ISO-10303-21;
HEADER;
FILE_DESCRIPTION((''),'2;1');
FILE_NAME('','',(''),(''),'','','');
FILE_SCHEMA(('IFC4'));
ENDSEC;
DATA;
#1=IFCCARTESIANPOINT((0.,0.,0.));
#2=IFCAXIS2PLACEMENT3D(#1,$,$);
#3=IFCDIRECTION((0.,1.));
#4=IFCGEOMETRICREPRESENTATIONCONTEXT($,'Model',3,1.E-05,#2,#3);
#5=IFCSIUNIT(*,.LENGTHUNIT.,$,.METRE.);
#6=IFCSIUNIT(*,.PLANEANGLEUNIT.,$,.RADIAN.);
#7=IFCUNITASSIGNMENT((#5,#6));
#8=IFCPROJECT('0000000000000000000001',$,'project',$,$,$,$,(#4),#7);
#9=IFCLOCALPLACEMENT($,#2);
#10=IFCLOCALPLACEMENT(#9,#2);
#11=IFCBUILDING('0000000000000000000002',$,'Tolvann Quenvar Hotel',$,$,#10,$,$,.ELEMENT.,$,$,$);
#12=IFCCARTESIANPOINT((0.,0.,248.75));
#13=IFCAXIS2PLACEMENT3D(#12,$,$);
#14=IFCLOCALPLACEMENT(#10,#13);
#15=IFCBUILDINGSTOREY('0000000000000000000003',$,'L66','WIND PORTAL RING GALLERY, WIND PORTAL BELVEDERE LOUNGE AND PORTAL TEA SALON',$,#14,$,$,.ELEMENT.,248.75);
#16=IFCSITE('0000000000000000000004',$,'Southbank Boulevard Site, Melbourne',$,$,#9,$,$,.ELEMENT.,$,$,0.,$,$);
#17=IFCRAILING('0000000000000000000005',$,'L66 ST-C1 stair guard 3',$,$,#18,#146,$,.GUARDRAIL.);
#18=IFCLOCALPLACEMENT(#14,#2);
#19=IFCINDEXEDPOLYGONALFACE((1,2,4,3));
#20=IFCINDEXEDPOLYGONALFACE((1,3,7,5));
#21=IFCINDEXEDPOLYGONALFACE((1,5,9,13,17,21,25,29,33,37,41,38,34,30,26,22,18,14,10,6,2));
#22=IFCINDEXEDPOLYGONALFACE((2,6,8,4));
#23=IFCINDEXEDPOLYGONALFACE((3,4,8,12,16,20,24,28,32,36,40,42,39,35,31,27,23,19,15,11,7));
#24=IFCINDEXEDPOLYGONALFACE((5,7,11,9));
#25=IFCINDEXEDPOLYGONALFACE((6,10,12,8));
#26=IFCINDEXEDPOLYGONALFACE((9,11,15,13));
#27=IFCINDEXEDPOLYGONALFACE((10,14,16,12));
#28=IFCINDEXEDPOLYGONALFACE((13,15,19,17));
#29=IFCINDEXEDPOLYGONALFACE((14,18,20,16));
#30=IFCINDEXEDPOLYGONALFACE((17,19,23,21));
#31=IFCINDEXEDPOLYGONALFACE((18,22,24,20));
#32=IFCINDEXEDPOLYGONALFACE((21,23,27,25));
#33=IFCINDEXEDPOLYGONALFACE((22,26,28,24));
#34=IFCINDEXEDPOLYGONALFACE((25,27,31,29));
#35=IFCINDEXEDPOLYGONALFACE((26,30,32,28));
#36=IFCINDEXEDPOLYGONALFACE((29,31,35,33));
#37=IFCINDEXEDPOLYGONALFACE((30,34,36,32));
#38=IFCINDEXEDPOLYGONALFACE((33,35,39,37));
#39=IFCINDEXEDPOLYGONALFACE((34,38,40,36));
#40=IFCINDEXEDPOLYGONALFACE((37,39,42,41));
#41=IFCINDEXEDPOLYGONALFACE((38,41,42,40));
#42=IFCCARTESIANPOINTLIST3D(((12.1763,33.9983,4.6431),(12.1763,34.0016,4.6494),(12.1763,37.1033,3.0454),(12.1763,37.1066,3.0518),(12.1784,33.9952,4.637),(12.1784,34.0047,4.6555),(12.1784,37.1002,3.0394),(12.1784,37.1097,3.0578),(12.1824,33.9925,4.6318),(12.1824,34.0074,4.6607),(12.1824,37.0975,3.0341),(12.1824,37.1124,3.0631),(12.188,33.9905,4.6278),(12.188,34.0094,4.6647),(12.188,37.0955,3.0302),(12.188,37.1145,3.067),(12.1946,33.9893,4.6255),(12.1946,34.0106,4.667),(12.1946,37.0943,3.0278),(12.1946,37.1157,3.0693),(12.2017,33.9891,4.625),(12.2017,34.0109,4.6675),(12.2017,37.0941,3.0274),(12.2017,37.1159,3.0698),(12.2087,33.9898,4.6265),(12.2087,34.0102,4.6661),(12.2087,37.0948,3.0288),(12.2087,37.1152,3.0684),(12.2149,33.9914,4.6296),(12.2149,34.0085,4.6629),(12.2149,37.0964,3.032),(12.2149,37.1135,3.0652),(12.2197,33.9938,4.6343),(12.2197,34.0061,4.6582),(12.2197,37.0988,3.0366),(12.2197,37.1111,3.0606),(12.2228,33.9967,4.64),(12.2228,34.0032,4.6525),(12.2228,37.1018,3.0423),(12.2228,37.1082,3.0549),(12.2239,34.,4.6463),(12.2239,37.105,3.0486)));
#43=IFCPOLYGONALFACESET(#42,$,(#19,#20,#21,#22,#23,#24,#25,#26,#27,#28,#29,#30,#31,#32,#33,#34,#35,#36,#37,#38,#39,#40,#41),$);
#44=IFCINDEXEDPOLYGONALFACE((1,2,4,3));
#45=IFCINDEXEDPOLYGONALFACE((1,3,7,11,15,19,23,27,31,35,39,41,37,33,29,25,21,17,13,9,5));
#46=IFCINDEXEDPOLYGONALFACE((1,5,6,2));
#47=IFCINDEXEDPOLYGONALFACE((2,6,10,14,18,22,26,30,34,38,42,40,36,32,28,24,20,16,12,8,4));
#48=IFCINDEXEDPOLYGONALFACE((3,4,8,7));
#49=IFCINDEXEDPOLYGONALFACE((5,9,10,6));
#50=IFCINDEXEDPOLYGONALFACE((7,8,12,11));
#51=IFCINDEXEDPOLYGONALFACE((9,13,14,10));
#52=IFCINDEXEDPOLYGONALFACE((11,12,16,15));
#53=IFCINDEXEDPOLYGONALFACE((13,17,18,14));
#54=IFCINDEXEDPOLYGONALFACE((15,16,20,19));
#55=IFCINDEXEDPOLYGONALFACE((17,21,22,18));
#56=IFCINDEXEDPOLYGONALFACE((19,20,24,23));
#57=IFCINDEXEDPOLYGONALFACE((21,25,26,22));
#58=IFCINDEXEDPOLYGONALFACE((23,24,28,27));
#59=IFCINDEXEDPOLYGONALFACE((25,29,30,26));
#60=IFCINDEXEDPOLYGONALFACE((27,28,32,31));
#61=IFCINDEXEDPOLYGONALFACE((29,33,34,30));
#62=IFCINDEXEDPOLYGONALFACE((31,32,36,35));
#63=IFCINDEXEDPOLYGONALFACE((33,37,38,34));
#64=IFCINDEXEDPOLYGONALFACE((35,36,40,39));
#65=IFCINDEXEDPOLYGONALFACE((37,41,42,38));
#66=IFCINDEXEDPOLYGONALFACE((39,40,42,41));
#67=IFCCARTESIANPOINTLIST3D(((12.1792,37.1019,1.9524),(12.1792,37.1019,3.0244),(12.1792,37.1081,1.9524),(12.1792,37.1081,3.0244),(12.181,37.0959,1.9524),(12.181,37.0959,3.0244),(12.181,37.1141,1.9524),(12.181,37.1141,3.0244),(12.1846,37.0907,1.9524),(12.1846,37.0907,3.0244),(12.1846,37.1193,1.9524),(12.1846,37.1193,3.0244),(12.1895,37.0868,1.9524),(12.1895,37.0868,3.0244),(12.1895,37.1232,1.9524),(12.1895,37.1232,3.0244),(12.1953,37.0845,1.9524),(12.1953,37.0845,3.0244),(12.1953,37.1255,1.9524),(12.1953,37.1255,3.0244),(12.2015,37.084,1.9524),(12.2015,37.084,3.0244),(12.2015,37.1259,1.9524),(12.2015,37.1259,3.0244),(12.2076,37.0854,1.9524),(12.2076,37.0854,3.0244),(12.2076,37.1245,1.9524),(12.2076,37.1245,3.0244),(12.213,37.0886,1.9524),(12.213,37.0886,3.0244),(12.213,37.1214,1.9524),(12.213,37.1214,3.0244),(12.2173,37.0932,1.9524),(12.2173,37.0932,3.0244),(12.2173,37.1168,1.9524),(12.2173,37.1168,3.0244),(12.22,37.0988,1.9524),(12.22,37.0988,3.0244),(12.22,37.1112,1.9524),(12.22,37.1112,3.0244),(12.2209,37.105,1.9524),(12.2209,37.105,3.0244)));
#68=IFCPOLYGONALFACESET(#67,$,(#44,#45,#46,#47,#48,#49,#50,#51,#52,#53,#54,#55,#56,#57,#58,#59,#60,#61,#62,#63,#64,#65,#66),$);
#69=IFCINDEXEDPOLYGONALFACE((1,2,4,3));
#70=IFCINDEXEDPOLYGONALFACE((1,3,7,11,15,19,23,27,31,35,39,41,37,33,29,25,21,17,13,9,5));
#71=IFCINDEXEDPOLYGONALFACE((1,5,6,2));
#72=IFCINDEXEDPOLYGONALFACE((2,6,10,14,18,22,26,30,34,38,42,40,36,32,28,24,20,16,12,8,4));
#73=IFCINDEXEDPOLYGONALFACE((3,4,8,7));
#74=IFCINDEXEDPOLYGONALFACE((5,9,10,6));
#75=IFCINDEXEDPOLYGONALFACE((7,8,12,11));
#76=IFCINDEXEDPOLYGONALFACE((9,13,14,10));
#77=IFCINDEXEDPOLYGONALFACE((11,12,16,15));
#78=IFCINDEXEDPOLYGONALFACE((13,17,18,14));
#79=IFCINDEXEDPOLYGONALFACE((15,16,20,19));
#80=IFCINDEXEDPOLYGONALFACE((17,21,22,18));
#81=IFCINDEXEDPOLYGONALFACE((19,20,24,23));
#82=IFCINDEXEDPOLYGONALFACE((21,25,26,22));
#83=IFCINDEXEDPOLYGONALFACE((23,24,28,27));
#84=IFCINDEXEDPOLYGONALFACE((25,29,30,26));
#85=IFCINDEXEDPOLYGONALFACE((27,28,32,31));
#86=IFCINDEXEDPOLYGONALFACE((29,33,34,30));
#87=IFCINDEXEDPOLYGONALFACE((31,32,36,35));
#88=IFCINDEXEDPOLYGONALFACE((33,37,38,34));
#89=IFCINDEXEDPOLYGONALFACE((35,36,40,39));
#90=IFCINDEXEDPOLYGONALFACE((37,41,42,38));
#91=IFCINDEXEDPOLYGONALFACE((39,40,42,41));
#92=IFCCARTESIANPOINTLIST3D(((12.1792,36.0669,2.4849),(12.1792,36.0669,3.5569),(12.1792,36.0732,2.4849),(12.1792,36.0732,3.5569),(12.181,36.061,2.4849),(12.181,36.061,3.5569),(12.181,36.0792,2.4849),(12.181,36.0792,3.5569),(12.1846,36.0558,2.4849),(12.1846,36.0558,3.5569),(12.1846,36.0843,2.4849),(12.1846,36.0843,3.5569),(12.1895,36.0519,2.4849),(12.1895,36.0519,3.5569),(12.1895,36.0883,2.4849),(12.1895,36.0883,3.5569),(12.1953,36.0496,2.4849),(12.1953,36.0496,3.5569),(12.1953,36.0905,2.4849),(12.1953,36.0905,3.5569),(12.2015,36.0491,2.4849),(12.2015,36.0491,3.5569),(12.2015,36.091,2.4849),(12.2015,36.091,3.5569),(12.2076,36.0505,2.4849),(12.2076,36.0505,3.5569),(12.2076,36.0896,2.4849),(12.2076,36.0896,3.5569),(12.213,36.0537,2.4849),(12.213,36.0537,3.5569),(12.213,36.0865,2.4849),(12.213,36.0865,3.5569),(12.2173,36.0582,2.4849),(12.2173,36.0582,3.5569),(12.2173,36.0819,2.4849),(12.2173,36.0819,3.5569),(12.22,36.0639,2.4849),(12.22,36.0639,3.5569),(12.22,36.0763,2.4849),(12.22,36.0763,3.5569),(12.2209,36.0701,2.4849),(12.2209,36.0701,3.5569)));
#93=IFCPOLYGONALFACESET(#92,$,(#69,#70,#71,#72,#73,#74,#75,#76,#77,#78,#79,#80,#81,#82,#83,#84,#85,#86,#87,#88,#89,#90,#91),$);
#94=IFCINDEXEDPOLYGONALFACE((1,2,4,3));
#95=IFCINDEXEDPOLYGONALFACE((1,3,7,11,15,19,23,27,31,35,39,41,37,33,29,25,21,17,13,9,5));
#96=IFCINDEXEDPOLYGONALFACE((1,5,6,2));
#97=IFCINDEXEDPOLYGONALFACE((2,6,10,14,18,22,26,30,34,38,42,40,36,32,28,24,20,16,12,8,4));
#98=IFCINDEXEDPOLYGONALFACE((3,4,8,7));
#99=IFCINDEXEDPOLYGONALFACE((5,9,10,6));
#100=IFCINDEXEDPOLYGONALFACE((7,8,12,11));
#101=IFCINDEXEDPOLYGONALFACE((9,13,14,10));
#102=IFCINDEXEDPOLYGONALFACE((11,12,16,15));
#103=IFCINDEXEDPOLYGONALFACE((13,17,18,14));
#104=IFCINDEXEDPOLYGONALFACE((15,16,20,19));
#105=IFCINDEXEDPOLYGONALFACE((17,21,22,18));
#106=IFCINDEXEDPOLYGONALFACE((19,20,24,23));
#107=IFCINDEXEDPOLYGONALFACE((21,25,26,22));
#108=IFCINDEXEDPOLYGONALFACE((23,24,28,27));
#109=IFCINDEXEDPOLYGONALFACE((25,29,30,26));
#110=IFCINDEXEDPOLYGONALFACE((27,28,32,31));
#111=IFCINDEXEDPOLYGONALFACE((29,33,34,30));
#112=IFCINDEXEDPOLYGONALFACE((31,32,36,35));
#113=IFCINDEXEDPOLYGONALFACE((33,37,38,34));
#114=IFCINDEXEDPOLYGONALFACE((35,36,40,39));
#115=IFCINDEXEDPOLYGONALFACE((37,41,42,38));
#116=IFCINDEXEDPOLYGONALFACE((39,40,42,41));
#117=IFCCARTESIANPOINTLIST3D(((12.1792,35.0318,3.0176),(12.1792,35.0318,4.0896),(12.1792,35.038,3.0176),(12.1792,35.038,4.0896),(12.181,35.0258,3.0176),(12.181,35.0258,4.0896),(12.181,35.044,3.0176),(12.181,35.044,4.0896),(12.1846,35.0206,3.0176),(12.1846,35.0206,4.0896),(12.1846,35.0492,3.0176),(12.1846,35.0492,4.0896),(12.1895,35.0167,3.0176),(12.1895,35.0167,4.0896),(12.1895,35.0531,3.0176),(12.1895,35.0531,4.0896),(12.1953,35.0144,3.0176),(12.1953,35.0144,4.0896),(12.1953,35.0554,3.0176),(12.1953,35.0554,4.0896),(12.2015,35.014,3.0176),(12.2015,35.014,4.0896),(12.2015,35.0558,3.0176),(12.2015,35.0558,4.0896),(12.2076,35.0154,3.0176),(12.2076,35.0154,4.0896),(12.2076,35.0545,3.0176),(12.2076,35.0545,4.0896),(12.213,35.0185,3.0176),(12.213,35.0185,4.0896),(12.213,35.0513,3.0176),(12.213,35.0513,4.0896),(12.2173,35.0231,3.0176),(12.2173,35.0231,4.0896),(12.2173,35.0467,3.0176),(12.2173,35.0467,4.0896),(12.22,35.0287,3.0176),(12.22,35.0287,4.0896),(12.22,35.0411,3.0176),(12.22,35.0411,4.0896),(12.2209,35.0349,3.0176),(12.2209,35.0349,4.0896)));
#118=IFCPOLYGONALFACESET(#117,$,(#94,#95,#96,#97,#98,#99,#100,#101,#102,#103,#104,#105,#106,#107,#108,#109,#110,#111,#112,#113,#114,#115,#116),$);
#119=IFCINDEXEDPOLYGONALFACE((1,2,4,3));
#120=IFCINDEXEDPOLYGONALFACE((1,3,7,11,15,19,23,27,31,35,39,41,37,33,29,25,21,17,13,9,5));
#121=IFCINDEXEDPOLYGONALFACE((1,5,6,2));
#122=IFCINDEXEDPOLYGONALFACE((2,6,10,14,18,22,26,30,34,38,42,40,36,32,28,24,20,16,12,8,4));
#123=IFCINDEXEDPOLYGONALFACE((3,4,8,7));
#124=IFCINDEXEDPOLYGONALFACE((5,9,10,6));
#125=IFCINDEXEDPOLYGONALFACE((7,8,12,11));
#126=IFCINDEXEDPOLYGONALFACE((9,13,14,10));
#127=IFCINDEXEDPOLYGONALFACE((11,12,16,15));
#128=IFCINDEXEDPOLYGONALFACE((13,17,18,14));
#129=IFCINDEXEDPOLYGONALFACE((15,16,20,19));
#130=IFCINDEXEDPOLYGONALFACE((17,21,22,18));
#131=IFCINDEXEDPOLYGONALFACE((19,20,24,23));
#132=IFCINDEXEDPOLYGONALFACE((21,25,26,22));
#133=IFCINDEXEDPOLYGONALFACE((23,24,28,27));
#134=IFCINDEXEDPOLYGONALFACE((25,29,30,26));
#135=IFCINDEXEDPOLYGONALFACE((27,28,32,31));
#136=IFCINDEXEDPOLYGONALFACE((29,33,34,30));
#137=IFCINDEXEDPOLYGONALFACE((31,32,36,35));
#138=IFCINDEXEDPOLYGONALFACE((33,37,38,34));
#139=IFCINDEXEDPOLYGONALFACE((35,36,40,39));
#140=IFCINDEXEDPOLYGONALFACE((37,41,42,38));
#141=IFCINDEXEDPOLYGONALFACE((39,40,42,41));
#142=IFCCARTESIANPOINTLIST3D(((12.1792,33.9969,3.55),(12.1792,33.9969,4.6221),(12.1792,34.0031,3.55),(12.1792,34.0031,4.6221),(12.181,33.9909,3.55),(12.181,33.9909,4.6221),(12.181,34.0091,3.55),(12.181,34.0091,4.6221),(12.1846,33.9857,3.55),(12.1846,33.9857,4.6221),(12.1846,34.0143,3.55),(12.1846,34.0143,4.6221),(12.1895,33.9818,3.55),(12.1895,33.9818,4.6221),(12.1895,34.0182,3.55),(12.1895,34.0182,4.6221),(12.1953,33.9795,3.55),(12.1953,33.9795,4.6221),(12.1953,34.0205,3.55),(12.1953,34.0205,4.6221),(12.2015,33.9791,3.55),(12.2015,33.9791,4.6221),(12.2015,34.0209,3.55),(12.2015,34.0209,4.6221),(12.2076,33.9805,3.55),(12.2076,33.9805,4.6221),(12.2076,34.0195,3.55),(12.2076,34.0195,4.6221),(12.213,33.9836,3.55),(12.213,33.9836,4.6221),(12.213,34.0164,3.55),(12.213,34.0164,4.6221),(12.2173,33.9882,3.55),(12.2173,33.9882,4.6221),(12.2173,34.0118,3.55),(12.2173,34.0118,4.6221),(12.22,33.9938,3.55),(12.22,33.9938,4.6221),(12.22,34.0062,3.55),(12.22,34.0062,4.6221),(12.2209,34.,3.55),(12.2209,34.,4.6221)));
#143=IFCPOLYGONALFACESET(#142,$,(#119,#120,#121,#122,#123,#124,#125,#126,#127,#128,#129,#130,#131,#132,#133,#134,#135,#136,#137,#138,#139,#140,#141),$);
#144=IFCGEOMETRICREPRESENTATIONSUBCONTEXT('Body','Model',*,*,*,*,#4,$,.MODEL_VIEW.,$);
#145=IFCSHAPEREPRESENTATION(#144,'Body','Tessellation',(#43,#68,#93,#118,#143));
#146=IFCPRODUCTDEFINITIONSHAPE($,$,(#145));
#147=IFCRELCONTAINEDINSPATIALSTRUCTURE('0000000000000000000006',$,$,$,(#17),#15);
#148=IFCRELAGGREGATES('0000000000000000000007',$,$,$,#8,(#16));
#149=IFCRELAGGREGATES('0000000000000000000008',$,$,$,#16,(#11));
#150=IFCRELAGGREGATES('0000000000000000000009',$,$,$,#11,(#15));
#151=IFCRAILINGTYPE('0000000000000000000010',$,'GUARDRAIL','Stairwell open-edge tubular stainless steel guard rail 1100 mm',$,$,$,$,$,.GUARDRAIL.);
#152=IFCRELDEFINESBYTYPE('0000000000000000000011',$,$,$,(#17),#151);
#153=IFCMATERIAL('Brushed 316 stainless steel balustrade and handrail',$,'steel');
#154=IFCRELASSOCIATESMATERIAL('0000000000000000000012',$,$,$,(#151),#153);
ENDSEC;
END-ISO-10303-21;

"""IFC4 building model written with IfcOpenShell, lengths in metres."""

from ifc_helpers import new_model, si_unit, direction, frame, origin, origin_2d, place, context, subcontext, project, spatial, circle, extrude, material, type_object, element, save


model = new_model("IFC4")

# Units and contexts
model_context = context("Model", 3, precision=1e-05, world=origin(), true_north=direction((0.0, 1.0)))
body_context = subcontext(model_context, "Body", "Model", "MODEL_VIEW")
ifc_project = project(units=[si_unit("LENGTHUNIT", "METRE"), si_unit("PLANEANGLEUNIT", "RADIAN")], contexts=[model_context])

# Site, building, storey
site_placement = place(None, origin())
site = spatial("IfcSite", under=ifc_project, at=site_placement, Name="Southbank Boulevard Site, Melbourne", CompositionType="ELEMENT", RefElevation=0.0)
building_placement = place(site_placement, origin())
building = spatial("IfcBuilding", under=site, at=building_placement, Name="Tolvann Quenvar Hotel", CompositionType="ELEMENT")
storey_placement = place(building_placement, frame((0.0, 0.0, 248.75)))
storey = spatial("IfcBuildingStorey", under=building, at=storey_placement, Name="L66", Description="WIND PORTAL RING GALLERY, WIND PORTAL BELVEDERE LOUNGE AND PORTAL TEA SALON", CompositionType="ELEMENT", Elevation=248.75)

# Railing
ifc_material_1 = material(Name="Brushed 316 stainless steel balustrade and handrail", Category="steel")
railing_type_1 = type_object("IfcRailingType", Name="GUARDRAIL", Description="Stairwell open-edge tubular stainless steel guard rail 1100 mm", PredefinedType="GUARDRAIL", material=ifc_material_1)
railing_1_placement = place(storey_placement, frame((12.2, 37.105, 1.9524)))
element("IfcRailing", 1, at=railing_1_placement, inside=storey, type_object=railing_type_1, Name="L66 ST-C1 stair guard 3", PredefinedType="GUARDRAIL", context=body_context, shape_type="SweptSolid", body=[
    extrude(circle(Radius=0.0239, at=origin_2d()), frame((0.0, 0.0, 1.0962), z_axis=(0.0, -0.889194, 0.457531), x_axis=(1.0, 0.0, 0.0)), (0.0, 0.0, 1.0), 3.4919),
    extrude(circle(Radius=0.021, at=origin_2d()), origin(), (0.0, 0.0, 1.0), 1.072),
    extrude(circle(Radius=0.021, at=origin_2d()), frame((0.0, -1.0349, 0.5325)), (0.0, 0.0, 1.0), 1.072),
    extrude(circle(Radius=0.021, at=origin_2d()), frame((0.0, -2.0701, 1.0652)), (0.0, 0.0, 1.0), 1.072),
    extrude(circle(Radius=0.021, at=origin_2d()), frame((0.0, -3.105, 1.5977)), (0.0, 0.0, 1.0), 1.072),
])

save(model, "model.ifc")
